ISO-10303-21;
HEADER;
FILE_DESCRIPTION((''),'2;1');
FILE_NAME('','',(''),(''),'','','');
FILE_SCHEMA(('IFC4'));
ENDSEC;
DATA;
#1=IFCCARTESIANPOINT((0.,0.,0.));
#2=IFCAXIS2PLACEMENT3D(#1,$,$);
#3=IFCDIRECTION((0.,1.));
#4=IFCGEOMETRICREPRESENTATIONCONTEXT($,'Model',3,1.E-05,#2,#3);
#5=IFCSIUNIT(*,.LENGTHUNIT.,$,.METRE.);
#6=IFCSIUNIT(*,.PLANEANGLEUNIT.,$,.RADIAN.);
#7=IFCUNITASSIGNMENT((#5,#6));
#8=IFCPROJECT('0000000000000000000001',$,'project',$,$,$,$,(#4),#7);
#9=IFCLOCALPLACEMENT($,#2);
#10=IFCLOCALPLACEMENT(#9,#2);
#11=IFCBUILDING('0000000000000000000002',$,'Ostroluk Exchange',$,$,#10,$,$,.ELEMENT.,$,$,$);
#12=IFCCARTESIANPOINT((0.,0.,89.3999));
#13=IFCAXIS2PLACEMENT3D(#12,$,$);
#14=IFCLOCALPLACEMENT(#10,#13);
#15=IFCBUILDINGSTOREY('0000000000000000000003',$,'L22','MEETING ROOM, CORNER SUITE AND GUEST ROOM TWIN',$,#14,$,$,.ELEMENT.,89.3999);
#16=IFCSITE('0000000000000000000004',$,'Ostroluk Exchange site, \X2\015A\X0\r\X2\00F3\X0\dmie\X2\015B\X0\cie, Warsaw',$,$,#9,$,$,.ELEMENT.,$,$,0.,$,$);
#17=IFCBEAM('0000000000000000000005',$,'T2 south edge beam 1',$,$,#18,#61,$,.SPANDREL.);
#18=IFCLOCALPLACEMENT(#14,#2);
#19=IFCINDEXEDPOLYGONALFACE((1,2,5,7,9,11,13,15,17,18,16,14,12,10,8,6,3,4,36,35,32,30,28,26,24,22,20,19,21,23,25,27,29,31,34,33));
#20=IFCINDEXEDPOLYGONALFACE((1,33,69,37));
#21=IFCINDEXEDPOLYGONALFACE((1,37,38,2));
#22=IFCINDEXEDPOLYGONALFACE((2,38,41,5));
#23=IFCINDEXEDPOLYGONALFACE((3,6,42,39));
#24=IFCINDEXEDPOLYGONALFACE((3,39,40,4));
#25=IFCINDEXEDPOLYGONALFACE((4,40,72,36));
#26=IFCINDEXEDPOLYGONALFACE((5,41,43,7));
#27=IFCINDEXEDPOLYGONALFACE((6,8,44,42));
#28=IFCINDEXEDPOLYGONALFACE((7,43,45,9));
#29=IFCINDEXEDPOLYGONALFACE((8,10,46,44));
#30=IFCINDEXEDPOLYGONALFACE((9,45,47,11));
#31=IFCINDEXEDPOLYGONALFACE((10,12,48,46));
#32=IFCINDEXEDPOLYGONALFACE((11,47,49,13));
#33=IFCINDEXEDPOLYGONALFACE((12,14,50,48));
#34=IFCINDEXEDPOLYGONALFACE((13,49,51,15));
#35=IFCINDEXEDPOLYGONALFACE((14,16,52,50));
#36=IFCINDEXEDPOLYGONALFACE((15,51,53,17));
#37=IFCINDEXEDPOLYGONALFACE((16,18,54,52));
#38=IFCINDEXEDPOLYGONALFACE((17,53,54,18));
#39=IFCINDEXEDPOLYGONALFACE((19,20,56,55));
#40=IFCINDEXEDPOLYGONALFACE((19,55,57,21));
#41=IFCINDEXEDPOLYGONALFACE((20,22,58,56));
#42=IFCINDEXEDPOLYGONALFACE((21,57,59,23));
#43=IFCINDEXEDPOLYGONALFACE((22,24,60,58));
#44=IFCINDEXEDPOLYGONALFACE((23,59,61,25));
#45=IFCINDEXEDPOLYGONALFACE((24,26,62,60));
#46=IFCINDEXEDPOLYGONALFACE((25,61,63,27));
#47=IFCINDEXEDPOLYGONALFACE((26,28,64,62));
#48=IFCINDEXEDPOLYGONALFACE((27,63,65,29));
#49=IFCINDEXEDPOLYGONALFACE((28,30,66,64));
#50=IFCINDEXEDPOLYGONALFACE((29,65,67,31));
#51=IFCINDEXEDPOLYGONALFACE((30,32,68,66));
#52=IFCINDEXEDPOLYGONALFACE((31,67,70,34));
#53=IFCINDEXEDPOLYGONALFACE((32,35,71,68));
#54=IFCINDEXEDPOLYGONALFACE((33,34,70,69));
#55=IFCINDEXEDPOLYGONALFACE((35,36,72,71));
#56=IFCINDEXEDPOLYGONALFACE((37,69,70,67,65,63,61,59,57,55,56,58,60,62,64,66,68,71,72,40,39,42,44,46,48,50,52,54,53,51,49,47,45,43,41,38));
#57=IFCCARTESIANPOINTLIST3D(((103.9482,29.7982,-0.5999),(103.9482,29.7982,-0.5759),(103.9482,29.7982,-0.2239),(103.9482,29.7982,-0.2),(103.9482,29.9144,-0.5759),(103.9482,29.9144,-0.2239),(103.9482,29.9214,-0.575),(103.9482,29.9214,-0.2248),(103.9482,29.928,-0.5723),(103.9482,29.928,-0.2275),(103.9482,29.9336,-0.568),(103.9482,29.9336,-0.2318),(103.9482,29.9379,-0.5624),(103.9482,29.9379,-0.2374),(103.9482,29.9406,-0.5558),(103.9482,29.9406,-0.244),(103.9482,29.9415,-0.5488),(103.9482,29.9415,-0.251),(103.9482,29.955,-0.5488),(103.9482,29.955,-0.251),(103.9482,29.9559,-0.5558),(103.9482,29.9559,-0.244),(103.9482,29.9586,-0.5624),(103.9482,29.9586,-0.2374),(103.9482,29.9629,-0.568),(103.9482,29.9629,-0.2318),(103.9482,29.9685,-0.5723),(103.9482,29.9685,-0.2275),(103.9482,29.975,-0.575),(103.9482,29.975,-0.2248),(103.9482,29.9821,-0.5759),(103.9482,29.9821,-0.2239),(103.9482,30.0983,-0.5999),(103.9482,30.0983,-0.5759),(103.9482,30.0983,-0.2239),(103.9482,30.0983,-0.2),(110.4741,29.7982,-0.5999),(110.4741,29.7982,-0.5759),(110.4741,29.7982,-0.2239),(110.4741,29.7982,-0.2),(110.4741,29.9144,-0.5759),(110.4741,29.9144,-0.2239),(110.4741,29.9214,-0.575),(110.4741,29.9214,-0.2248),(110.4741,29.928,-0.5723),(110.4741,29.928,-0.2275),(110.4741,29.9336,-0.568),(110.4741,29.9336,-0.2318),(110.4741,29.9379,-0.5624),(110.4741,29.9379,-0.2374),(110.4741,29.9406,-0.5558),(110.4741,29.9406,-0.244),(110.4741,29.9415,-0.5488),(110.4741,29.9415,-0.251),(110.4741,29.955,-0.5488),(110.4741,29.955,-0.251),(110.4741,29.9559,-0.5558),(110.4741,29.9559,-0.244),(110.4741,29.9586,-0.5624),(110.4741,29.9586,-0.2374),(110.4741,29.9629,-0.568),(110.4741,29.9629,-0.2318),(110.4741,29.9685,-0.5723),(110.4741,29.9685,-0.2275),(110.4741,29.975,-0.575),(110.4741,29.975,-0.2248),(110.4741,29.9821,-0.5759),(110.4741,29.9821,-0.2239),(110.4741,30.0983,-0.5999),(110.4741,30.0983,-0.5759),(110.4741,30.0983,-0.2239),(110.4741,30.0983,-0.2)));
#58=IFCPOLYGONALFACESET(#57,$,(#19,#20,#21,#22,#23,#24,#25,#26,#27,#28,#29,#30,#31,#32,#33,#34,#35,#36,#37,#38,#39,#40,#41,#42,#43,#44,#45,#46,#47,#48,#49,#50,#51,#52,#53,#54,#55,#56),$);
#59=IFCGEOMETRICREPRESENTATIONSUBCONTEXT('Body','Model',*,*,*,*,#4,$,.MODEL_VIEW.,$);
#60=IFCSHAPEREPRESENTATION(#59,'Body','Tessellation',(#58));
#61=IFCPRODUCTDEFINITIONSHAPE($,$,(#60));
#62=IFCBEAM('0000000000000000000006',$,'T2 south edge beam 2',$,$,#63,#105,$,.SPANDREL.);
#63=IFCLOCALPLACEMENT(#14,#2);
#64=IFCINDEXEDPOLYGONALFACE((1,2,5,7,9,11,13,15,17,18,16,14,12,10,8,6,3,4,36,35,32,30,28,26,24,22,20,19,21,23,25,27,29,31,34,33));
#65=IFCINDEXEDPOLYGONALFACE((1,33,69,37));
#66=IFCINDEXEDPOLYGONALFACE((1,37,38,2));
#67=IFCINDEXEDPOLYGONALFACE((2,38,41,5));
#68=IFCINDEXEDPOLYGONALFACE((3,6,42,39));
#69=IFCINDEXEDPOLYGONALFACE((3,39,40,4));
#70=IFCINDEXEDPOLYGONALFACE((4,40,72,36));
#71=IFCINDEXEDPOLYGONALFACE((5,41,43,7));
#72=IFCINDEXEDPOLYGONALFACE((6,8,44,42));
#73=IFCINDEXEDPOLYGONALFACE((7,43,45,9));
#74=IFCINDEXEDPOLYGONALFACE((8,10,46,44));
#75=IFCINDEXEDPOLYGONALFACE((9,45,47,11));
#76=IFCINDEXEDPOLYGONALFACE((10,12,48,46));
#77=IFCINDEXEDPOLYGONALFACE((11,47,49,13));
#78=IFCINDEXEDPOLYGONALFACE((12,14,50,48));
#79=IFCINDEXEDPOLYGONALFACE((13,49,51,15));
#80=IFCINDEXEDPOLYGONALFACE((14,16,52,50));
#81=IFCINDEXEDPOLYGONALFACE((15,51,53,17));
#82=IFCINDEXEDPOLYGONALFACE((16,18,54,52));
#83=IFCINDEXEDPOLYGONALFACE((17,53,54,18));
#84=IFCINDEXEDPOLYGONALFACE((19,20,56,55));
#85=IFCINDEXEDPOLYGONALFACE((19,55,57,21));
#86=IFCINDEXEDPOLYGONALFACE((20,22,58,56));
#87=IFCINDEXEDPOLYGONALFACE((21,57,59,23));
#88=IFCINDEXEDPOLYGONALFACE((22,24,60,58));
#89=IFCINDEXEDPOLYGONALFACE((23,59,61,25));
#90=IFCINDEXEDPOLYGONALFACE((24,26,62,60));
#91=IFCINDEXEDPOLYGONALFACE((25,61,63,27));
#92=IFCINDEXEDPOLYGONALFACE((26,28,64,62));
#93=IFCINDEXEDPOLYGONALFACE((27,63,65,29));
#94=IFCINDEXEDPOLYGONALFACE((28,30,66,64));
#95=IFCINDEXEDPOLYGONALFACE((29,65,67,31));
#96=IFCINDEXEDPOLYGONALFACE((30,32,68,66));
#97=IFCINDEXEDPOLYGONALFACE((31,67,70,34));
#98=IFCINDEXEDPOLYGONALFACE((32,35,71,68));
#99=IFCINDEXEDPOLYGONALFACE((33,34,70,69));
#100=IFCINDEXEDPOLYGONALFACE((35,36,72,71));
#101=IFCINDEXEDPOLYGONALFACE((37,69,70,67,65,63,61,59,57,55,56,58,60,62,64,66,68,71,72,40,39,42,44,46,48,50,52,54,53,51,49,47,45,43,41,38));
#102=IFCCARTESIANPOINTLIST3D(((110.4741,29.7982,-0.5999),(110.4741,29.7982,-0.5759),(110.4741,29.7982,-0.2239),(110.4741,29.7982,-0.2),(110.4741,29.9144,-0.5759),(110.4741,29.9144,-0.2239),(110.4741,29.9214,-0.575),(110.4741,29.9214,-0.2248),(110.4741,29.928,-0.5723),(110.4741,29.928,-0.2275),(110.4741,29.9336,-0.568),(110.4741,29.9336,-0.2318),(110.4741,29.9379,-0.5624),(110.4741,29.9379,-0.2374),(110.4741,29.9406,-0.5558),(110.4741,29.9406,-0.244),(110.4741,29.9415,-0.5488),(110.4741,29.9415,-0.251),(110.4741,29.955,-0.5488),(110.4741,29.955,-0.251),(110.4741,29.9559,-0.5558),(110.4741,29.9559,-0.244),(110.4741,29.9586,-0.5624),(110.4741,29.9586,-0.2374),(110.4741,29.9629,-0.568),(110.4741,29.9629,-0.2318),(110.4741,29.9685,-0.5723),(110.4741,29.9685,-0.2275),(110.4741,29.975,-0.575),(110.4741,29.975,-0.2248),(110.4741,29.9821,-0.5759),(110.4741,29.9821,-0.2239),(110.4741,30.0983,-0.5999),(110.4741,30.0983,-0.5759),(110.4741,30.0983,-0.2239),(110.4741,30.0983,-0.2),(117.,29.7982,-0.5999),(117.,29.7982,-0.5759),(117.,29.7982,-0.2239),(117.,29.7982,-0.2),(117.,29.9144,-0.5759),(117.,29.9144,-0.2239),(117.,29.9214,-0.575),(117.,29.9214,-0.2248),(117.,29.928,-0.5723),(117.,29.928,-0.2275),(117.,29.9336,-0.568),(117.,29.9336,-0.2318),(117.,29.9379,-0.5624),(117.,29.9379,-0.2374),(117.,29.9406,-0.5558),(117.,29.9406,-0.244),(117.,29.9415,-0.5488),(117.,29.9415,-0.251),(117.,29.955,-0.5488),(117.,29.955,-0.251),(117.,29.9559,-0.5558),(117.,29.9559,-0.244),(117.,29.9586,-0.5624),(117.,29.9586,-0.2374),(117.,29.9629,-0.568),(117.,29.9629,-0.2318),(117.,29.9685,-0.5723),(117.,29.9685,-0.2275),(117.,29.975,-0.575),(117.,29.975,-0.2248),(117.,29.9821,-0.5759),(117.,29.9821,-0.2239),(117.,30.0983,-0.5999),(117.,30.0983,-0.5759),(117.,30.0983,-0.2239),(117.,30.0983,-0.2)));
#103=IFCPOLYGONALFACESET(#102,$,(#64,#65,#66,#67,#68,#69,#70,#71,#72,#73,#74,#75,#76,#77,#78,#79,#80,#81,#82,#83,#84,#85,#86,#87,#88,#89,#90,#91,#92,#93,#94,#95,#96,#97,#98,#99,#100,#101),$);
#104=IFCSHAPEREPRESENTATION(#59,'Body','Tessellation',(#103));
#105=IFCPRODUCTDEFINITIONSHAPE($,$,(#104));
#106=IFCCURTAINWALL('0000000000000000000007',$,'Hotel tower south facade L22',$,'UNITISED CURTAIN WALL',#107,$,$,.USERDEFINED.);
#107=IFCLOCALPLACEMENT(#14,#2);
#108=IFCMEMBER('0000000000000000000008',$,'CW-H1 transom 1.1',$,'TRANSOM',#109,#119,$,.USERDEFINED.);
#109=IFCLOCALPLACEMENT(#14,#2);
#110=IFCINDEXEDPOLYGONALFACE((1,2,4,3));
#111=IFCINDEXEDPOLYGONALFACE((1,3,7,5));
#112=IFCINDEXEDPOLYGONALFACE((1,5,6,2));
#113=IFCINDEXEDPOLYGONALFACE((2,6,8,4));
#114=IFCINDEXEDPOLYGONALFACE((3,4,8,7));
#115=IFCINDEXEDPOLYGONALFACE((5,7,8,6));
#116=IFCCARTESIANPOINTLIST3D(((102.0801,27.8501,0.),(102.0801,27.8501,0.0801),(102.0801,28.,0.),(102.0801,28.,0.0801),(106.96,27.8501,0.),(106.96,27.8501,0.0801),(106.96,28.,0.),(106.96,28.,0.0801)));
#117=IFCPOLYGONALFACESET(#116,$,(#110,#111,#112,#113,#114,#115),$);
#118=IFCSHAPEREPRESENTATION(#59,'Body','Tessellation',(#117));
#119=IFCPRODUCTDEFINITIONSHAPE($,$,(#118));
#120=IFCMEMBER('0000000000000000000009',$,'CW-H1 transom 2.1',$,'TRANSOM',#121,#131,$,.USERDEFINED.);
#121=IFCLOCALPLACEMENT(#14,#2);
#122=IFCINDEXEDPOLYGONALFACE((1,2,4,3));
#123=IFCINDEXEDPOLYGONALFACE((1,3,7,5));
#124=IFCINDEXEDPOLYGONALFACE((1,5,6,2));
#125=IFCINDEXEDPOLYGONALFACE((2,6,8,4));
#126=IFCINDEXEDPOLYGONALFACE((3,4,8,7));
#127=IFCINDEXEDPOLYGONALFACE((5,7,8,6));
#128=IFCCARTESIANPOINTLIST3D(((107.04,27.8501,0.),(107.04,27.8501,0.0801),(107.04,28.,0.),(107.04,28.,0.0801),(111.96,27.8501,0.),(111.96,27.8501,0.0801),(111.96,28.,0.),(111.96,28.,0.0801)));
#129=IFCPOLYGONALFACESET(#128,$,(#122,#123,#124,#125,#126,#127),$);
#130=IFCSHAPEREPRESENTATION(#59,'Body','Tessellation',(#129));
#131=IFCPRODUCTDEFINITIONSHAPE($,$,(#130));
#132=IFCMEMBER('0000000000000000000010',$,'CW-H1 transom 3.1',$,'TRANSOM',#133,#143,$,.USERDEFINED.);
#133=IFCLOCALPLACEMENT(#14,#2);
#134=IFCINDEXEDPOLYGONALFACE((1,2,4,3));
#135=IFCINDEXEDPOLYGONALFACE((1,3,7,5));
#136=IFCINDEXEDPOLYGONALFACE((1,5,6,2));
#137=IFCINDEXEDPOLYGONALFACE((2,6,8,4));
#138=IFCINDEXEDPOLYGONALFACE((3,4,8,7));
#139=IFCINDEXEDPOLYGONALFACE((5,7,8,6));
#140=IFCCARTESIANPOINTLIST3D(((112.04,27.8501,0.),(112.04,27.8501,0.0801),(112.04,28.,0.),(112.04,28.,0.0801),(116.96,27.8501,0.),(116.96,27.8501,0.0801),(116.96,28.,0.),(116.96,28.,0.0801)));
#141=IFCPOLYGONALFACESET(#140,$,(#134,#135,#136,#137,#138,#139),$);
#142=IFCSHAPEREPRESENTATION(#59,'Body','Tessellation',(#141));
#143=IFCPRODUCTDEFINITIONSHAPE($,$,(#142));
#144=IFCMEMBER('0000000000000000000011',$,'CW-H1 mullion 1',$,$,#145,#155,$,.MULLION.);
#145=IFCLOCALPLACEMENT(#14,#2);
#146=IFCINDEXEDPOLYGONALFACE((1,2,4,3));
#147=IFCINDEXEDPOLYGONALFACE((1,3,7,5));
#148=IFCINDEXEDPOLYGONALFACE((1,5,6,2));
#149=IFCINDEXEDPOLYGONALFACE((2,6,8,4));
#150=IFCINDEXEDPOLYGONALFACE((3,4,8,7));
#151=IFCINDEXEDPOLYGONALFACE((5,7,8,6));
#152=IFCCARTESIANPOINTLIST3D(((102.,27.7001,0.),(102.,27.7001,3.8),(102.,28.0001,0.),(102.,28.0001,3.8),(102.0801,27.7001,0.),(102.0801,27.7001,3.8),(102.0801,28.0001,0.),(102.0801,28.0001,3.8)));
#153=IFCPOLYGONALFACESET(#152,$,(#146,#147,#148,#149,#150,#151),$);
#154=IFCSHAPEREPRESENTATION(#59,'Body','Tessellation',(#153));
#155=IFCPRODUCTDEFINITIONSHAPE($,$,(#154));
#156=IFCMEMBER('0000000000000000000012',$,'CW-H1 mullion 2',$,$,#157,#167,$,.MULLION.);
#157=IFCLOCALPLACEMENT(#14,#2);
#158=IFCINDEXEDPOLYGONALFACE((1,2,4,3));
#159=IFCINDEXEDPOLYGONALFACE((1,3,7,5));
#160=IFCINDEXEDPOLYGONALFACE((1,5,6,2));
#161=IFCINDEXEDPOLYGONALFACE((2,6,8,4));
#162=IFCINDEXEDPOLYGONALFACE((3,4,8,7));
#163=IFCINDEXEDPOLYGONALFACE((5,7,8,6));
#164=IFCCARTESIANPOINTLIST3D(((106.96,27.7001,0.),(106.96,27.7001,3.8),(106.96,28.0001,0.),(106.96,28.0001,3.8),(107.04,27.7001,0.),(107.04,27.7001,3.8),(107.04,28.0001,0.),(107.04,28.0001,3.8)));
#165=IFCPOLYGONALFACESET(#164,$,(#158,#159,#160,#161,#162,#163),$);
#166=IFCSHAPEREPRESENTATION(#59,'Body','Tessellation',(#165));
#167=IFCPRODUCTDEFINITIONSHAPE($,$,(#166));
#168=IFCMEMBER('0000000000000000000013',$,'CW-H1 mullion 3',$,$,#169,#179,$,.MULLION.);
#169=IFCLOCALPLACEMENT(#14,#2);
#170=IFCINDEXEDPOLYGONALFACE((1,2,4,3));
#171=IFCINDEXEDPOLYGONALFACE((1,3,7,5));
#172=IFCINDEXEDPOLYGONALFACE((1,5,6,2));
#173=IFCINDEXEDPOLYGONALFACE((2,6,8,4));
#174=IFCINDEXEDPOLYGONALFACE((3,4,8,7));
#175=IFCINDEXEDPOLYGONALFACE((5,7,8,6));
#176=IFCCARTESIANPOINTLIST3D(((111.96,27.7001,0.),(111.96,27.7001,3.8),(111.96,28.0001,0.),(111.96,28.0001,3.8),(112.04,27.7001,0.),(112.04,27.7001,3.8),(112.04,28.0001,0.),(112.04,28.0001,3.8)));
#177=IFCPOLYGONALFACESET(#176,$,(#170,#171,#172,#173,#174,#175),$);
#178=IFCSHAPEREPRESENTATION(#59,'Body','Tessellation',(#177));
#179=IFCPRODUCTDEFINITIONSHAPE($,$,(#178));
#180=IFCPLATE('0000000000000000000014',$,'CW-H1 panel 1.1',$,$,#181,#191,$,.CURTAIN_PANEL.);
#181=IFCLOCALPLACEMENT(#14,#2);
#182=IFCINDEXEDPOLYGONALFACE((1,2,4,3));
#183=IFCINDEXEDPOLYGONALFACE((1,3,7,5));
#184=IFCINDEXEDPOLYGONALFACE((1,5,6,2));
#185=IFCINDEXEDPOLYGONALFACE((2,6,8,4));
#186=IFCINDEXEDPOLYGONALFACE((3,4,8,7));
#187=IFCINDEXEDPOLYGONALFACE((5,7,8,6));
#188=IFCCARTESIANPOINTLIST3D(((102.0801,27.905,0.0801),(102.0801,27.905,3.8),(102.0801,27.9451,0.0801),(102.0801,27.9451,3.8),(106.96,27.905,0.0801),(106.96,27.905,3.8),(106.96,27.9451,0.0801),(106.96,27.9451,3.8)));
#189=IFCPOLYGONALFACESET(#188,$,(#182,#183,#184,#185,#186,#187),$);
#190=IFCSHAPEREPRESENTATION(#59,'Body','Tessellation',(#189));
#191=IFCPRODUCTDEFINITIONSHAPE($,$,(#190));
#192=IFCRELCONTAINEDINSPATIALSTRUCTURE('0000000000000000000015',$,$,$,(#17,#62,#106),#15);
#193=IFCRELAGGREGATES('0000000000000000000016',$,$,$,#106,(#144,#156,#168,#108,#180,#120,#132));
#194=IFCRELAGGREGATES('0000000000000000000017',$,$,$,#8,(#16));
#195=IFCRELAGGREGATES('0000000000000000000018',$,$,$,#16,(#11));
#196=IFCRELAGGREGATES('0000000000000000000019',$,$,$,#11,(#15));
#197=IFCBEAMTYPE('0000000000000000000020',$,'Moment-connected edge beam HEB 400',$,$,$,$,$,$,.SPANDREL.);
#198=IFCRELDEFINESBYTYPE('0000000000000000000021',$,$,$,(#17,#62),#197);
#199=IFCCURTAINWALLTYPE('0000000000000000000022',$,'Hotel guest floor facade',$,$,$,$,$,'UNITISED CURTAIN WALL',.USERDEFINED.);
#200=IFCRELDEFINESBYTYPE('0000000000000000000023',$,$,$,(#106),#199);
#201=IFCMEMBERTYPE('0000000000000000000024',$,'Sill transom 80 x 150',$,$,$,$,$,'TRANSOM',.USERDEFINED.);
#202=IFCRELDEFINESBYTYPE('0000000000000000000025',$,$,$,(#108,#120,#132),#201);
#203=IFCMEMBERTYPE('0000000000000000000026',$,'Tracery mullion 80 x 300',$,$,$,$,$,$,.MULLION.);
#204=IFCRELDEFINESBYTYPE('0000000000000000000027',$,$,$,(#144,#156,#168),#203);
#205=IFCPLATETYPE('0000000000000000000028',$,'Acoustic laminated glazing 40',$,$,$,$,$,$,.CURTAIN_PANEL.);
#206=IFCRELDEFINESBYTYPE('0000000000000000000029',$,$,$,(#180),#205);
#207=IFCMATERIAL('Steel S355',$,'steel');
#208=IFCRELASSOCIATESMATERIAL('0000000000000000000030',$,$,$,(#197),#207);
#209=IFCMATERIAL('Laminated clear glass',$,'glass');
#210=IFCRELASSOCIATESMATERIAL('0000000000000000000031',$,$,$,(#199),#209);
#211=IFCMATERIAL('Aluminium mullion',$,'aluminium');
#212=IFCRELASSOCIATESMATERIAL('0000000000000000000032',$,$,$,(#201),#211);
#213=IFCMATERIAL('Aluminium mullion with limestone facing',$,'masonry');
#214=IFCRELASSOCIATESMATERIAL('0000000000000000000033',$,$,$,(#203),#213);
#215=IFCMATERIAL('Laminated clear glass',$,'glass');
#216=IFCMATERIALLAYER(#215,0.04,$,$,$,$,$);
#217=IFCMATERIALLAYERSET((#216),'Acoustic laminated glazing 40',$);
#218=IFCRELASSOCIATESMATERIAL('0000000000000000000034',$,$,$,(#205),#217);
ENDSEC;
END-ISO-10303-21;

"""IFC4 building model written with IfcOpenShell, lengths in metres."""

from ifc_helpers import new_model, si_unit, direction, frame, origin, origin_2d, place, context, subcontext, project, spatial, rectangle, i_section, extrude, material, layer, layer_set, material_profile, profile_set, type_object, element, aggregate, save


model = new_model("IFC4")

# Units and contexts
model_context = context("Model", 3, precision=1e-05, world=origin(), true_north=direction((0.0, 1.0)))
body_context = subcontext(model_context, "Body", "Model", "MODEL_VIEW")
ifc_project = project(units=[si_unit("LENGTHUNIT", "METRE"), si_unit("PLANEANGLEUNIT", "RADIAN")], contexts=[model_context])

# Site, building, storey
site_placement = place(None, origin())
site = spatial("IfcSite", under=ifc_project, at=site_placement, Name="Ostroluk Exchange site, Śródmieście, Warsaw", CompositionType="ELEMENT", RefElevation=0.0)
building_placement = place(site_placement, origin())
building = spatial("IfcBuilding", under=site, at=building_placement, Name="Ostroluk Exchange", CompositionType="ELEMENT")
storey_placement = place(building_placement, frame((0.0, 0.0, 89.3999)))
storey = spatial("IfcBuildingStorey", under=building, at=storey_placement, Name="L22", Description="MEETING ROOM, CORNER SUITE AND GUEST ROOM TWIN", CompositionType="ELEMENT", Elevation=89.3999)

# Beams
ifc_material_1 = material(Name="Steel S355", Category="steel")
ifc_material_profile_1 = material_profile(ifc_material_1, i_section(OverallWidth=0.3, OverallDepth=0.3999, WebThickness=0.0134, FlangeThickness=0.0239, FilletRadius=0.0271, at=origin_2d()), Name="HEB 400")
ifc_profile_set_1 = profile_set([ifc_material_profile_1], Name="Steel S355")
beam_type_1 = type_object("IfcBeamType", Name="Moment-connected edge beam HEB 400", PredefinedType="SPANDREL", material=ifc_profile_set_1)
for number, where, z_axis, x_axis, name in (
    (1, (103.9482, 29.9482, -0.3999), (1.0, 0.0, 0.0), (0.0, 1.0, 0.0), "T2 south edge beam 1"),
    (2, (110.4741, 29.9482, -0.3999), (1.0, 0.0, 0.0), (0.0, 1.0, 0.0), "T2 south edge beam 2"),
):
    element("IfcBeam", number, at=place(storey_placement, frame(where, z_axis=z_axis, x_axis=x_axis)), inside=storey, type_object=beam_type_1, Name=name, PredefinedType="SPANDREL", context=body_context, shape_type="SweptSolid", body=[
        extrude(i_section(OverallWidth=0.3, OverallDepth=0.3999, WebThickness=0.0134, FlangeThickness=0.0239, FilletRadius=0.0271, at=origin_2d()), origin(), (0.0, 0.0, 1.0), 6.5259),
    ])

# Curtain wall, members, plate
ifc_material_2 = material(Name="Laminated clear glass", Category="glass")
curtain_wall_type = type_object("IfcCurtainWallType", Name="Hotel guest floor facade", ElementType="UNITISED CURTAIN WALL", PredefinedType="USERDEFINED", material=ifc_material_2)
curtain_wall_placement = place(storey_placement, origin())
curtain_wall = element("IfcCurtainWall", 3, at=curtain_wall_placement, inside=storey, type_object=curtain_wall_type, Name="Hotel tower south facade L22", ObjectType="UNITISED CURTAIN WALL", PredefinedType="USERDEFINED")
ifc_material_3 = material(Name="Aluminium mullion", Category="aluminium")
ifc_material_profile_2 = material_profile(ifc_material_3, rectangle(XDim=0.1499, YDim=0.0801, at=origin_2d()), Name="Sill transom 80 x 150")
ifc_profile_set_2 = profile_set([ifc_material_profile_2], Name="Aluminium mullion")
member_type_1 = type_object("IfcMemberType", Name="Sill transom 80 x 150", ElementType="TRANSOM", PredefinedType="USERDEFINED", material=ifc_profile_set_2)
member_1_placement = place(storey_placement, frame((102.0801, 27.925, 0.04), z_axis=(1.0, 0.0, 0.0), x_axis=(0.0, 1.0, 0.0)))
member_1 = element("IfcMember", 4, at=member_1_placement, type_object=member_type_1, Name="CW-H1 transom 1.1", ObjectType="TRANSOM", PredefinedType="USERDEFINED", context=body_context, shape_type="SweptSolid", body=[
    extrude(rectangle(XDim=0.1499, YDim=0.0801, at=origin_2d()), origin(), (0.0, 0.0, 1.0), 4.8799),
])
member_2_placement = place(storey_placement, frame((107.04, 27.925, 0.04), z_axis=(1.0, 0.0, 0.0), x_axis=(0.0, 1.0, 0.0)))
member_2 = element("IfcMember", 5, at=member_2_placement, type_object=member_type_1, Name="CW-H1 transom 2.1", ObjectType="TRANSOM", PredefinedType="USERDEFINED", context=body_context, shape_type="SweptSolid", body=[
    extrude(rectangle(XDim=0.1499, YDim=0.0801, at=origin_2d()), origin(), (0.0, 0.0, 1.0), 4.9199),
])
member_3_placement = place(storey_placement, frame((112.04, 27.925, 0.04), z_axis=(1.0, 0.0, 0.0), x_axis=(0.0, 1.0, 0.0)))
member_3 = element("IfcMember", 6, at=member_3_placement, type_object=member_type_1, Name="CW-H1 transom 3.1", ObjectType="TRANSOM", PredefinedType="USERDEFINED", context=body_context, shape_type="SweptSolid", body=[
    extrude(rectangle(XDim=0.1499, YDim=0.0801, at=origin_2d()), origin(), (0.0, 0.0, 1.0), 4.9199),
])
ifc_material_4 = material(Name="Aluminium mullion with limestone facing", Category="masonry")
ifc_material_profile_3 = material_profile(ifc_material_4, rectangle(XDim=0.3, YDim=0.0801, at=origin_2d()), Name="Tracery mullion 80 x 300")
ifc_profile_set_3 = profile_set([ifc_material_profile_3], Name="Aluminium mullion with limestone facing")
member_type_2 = type_object("IfcMemberType", Name="Tracery mullion 80 x 300", PredefinedType="MULLION", material=ifc_profile_set_3)
member_4_placement = place(storey_placement, frame((102.04, 27.8501, 0.0), z_axis=(0.0, 0.0, 1.0), x_axis=(0.0, 1.0, 0.0)))
member_4 = element("IfcMember", 7, at=member_4_placement, type_object=member_type_2, Name="CW-H1 mullion 1", PredefinedType="MULLION", context=body_context, shape_type="SweptSolid", body=[
    extrude(rectangle(XDim=0.3, YDim=0.0801, at=origin_2d()), origin(), (0.0, 0.0, 1.0), 3.8),
])
member_5_placement = place(storey_placement, frame((107.0, 27.8501, 0.0), z_axis=(0.0, 0.0, 1.0), x_axis=(0.0, 1.0, 0.0)))
member_5 = element("IfcMember", 8, at=member_5_placement, type_object=member_type_2, Name="CW-H1 mullion 2", PredefinedType="MULLION", context=body_context, shape_type="SweptSolid", body=[
    extrude(rectangle(XDim=0.3, YDim=0.0801, at=origin_2d()), origin(), (0.0, 0.0, 1.0), 3.8),
])
member_6_placement = place(storey_placement, frame((112.0, 27.8501, 0.0), z_axis=(0.0, 0.0, 1.0), x_axis=(0.0, 1.0, 0.0)))
member_6 = element("IfcMember", 9, at=member_6_placement, type_object=member_type_2, Name="CW-H1 mullion 3", PredefinedType="MULLION", context=body_context, shape_type="SweptSolid", body=[
    extrude(rectangle(XDim=0.3, YDim=0.0801, at=origin_2d()), origin(), (0.0, 0.0, 1.0), 3.8),
])
ifc_material_5 = material(Name="Laminated clear glass", Category="glass")
ifc_layer_1 = layer(ifc_material_5, 0.04)
ifc_layer_set_1 = layer_set([ifc_layer_1], Name="Acoustic laminated glazing 40")
plate_type = type_object("IfcPlateType", Name="Acoustic laminated glazing 40", PredefinedType="CURTAIN_PANEL", material=ifc_layer_set_1)
plate_1_placement = place(storey_placement, frame((104.52, 27.925, 0.0801), z_axis=(0.0, 0.0, 1.0), x_axis=(1.0, 0.0, 0.0)))
plate_1 = element("IfcPlate", 10, at=plate_1_placement, type_object=plate_type, Name="CW-H1 panel 1.1", PredefinedType="CURTAIN_PANEL", context=body_context, shape_type="SweptSolid", body=[
    extrude(rectangle(XDim=4.8799, YDim=0.04, at=origin_2d()), origin(), (0.0, 0.0, 1.0), 3.72),
])
aggregate(curtain_wall, [member_4, member_5, member_6, member_1, plate_1, member_2, member_3])

save(model, "model.ifc")
